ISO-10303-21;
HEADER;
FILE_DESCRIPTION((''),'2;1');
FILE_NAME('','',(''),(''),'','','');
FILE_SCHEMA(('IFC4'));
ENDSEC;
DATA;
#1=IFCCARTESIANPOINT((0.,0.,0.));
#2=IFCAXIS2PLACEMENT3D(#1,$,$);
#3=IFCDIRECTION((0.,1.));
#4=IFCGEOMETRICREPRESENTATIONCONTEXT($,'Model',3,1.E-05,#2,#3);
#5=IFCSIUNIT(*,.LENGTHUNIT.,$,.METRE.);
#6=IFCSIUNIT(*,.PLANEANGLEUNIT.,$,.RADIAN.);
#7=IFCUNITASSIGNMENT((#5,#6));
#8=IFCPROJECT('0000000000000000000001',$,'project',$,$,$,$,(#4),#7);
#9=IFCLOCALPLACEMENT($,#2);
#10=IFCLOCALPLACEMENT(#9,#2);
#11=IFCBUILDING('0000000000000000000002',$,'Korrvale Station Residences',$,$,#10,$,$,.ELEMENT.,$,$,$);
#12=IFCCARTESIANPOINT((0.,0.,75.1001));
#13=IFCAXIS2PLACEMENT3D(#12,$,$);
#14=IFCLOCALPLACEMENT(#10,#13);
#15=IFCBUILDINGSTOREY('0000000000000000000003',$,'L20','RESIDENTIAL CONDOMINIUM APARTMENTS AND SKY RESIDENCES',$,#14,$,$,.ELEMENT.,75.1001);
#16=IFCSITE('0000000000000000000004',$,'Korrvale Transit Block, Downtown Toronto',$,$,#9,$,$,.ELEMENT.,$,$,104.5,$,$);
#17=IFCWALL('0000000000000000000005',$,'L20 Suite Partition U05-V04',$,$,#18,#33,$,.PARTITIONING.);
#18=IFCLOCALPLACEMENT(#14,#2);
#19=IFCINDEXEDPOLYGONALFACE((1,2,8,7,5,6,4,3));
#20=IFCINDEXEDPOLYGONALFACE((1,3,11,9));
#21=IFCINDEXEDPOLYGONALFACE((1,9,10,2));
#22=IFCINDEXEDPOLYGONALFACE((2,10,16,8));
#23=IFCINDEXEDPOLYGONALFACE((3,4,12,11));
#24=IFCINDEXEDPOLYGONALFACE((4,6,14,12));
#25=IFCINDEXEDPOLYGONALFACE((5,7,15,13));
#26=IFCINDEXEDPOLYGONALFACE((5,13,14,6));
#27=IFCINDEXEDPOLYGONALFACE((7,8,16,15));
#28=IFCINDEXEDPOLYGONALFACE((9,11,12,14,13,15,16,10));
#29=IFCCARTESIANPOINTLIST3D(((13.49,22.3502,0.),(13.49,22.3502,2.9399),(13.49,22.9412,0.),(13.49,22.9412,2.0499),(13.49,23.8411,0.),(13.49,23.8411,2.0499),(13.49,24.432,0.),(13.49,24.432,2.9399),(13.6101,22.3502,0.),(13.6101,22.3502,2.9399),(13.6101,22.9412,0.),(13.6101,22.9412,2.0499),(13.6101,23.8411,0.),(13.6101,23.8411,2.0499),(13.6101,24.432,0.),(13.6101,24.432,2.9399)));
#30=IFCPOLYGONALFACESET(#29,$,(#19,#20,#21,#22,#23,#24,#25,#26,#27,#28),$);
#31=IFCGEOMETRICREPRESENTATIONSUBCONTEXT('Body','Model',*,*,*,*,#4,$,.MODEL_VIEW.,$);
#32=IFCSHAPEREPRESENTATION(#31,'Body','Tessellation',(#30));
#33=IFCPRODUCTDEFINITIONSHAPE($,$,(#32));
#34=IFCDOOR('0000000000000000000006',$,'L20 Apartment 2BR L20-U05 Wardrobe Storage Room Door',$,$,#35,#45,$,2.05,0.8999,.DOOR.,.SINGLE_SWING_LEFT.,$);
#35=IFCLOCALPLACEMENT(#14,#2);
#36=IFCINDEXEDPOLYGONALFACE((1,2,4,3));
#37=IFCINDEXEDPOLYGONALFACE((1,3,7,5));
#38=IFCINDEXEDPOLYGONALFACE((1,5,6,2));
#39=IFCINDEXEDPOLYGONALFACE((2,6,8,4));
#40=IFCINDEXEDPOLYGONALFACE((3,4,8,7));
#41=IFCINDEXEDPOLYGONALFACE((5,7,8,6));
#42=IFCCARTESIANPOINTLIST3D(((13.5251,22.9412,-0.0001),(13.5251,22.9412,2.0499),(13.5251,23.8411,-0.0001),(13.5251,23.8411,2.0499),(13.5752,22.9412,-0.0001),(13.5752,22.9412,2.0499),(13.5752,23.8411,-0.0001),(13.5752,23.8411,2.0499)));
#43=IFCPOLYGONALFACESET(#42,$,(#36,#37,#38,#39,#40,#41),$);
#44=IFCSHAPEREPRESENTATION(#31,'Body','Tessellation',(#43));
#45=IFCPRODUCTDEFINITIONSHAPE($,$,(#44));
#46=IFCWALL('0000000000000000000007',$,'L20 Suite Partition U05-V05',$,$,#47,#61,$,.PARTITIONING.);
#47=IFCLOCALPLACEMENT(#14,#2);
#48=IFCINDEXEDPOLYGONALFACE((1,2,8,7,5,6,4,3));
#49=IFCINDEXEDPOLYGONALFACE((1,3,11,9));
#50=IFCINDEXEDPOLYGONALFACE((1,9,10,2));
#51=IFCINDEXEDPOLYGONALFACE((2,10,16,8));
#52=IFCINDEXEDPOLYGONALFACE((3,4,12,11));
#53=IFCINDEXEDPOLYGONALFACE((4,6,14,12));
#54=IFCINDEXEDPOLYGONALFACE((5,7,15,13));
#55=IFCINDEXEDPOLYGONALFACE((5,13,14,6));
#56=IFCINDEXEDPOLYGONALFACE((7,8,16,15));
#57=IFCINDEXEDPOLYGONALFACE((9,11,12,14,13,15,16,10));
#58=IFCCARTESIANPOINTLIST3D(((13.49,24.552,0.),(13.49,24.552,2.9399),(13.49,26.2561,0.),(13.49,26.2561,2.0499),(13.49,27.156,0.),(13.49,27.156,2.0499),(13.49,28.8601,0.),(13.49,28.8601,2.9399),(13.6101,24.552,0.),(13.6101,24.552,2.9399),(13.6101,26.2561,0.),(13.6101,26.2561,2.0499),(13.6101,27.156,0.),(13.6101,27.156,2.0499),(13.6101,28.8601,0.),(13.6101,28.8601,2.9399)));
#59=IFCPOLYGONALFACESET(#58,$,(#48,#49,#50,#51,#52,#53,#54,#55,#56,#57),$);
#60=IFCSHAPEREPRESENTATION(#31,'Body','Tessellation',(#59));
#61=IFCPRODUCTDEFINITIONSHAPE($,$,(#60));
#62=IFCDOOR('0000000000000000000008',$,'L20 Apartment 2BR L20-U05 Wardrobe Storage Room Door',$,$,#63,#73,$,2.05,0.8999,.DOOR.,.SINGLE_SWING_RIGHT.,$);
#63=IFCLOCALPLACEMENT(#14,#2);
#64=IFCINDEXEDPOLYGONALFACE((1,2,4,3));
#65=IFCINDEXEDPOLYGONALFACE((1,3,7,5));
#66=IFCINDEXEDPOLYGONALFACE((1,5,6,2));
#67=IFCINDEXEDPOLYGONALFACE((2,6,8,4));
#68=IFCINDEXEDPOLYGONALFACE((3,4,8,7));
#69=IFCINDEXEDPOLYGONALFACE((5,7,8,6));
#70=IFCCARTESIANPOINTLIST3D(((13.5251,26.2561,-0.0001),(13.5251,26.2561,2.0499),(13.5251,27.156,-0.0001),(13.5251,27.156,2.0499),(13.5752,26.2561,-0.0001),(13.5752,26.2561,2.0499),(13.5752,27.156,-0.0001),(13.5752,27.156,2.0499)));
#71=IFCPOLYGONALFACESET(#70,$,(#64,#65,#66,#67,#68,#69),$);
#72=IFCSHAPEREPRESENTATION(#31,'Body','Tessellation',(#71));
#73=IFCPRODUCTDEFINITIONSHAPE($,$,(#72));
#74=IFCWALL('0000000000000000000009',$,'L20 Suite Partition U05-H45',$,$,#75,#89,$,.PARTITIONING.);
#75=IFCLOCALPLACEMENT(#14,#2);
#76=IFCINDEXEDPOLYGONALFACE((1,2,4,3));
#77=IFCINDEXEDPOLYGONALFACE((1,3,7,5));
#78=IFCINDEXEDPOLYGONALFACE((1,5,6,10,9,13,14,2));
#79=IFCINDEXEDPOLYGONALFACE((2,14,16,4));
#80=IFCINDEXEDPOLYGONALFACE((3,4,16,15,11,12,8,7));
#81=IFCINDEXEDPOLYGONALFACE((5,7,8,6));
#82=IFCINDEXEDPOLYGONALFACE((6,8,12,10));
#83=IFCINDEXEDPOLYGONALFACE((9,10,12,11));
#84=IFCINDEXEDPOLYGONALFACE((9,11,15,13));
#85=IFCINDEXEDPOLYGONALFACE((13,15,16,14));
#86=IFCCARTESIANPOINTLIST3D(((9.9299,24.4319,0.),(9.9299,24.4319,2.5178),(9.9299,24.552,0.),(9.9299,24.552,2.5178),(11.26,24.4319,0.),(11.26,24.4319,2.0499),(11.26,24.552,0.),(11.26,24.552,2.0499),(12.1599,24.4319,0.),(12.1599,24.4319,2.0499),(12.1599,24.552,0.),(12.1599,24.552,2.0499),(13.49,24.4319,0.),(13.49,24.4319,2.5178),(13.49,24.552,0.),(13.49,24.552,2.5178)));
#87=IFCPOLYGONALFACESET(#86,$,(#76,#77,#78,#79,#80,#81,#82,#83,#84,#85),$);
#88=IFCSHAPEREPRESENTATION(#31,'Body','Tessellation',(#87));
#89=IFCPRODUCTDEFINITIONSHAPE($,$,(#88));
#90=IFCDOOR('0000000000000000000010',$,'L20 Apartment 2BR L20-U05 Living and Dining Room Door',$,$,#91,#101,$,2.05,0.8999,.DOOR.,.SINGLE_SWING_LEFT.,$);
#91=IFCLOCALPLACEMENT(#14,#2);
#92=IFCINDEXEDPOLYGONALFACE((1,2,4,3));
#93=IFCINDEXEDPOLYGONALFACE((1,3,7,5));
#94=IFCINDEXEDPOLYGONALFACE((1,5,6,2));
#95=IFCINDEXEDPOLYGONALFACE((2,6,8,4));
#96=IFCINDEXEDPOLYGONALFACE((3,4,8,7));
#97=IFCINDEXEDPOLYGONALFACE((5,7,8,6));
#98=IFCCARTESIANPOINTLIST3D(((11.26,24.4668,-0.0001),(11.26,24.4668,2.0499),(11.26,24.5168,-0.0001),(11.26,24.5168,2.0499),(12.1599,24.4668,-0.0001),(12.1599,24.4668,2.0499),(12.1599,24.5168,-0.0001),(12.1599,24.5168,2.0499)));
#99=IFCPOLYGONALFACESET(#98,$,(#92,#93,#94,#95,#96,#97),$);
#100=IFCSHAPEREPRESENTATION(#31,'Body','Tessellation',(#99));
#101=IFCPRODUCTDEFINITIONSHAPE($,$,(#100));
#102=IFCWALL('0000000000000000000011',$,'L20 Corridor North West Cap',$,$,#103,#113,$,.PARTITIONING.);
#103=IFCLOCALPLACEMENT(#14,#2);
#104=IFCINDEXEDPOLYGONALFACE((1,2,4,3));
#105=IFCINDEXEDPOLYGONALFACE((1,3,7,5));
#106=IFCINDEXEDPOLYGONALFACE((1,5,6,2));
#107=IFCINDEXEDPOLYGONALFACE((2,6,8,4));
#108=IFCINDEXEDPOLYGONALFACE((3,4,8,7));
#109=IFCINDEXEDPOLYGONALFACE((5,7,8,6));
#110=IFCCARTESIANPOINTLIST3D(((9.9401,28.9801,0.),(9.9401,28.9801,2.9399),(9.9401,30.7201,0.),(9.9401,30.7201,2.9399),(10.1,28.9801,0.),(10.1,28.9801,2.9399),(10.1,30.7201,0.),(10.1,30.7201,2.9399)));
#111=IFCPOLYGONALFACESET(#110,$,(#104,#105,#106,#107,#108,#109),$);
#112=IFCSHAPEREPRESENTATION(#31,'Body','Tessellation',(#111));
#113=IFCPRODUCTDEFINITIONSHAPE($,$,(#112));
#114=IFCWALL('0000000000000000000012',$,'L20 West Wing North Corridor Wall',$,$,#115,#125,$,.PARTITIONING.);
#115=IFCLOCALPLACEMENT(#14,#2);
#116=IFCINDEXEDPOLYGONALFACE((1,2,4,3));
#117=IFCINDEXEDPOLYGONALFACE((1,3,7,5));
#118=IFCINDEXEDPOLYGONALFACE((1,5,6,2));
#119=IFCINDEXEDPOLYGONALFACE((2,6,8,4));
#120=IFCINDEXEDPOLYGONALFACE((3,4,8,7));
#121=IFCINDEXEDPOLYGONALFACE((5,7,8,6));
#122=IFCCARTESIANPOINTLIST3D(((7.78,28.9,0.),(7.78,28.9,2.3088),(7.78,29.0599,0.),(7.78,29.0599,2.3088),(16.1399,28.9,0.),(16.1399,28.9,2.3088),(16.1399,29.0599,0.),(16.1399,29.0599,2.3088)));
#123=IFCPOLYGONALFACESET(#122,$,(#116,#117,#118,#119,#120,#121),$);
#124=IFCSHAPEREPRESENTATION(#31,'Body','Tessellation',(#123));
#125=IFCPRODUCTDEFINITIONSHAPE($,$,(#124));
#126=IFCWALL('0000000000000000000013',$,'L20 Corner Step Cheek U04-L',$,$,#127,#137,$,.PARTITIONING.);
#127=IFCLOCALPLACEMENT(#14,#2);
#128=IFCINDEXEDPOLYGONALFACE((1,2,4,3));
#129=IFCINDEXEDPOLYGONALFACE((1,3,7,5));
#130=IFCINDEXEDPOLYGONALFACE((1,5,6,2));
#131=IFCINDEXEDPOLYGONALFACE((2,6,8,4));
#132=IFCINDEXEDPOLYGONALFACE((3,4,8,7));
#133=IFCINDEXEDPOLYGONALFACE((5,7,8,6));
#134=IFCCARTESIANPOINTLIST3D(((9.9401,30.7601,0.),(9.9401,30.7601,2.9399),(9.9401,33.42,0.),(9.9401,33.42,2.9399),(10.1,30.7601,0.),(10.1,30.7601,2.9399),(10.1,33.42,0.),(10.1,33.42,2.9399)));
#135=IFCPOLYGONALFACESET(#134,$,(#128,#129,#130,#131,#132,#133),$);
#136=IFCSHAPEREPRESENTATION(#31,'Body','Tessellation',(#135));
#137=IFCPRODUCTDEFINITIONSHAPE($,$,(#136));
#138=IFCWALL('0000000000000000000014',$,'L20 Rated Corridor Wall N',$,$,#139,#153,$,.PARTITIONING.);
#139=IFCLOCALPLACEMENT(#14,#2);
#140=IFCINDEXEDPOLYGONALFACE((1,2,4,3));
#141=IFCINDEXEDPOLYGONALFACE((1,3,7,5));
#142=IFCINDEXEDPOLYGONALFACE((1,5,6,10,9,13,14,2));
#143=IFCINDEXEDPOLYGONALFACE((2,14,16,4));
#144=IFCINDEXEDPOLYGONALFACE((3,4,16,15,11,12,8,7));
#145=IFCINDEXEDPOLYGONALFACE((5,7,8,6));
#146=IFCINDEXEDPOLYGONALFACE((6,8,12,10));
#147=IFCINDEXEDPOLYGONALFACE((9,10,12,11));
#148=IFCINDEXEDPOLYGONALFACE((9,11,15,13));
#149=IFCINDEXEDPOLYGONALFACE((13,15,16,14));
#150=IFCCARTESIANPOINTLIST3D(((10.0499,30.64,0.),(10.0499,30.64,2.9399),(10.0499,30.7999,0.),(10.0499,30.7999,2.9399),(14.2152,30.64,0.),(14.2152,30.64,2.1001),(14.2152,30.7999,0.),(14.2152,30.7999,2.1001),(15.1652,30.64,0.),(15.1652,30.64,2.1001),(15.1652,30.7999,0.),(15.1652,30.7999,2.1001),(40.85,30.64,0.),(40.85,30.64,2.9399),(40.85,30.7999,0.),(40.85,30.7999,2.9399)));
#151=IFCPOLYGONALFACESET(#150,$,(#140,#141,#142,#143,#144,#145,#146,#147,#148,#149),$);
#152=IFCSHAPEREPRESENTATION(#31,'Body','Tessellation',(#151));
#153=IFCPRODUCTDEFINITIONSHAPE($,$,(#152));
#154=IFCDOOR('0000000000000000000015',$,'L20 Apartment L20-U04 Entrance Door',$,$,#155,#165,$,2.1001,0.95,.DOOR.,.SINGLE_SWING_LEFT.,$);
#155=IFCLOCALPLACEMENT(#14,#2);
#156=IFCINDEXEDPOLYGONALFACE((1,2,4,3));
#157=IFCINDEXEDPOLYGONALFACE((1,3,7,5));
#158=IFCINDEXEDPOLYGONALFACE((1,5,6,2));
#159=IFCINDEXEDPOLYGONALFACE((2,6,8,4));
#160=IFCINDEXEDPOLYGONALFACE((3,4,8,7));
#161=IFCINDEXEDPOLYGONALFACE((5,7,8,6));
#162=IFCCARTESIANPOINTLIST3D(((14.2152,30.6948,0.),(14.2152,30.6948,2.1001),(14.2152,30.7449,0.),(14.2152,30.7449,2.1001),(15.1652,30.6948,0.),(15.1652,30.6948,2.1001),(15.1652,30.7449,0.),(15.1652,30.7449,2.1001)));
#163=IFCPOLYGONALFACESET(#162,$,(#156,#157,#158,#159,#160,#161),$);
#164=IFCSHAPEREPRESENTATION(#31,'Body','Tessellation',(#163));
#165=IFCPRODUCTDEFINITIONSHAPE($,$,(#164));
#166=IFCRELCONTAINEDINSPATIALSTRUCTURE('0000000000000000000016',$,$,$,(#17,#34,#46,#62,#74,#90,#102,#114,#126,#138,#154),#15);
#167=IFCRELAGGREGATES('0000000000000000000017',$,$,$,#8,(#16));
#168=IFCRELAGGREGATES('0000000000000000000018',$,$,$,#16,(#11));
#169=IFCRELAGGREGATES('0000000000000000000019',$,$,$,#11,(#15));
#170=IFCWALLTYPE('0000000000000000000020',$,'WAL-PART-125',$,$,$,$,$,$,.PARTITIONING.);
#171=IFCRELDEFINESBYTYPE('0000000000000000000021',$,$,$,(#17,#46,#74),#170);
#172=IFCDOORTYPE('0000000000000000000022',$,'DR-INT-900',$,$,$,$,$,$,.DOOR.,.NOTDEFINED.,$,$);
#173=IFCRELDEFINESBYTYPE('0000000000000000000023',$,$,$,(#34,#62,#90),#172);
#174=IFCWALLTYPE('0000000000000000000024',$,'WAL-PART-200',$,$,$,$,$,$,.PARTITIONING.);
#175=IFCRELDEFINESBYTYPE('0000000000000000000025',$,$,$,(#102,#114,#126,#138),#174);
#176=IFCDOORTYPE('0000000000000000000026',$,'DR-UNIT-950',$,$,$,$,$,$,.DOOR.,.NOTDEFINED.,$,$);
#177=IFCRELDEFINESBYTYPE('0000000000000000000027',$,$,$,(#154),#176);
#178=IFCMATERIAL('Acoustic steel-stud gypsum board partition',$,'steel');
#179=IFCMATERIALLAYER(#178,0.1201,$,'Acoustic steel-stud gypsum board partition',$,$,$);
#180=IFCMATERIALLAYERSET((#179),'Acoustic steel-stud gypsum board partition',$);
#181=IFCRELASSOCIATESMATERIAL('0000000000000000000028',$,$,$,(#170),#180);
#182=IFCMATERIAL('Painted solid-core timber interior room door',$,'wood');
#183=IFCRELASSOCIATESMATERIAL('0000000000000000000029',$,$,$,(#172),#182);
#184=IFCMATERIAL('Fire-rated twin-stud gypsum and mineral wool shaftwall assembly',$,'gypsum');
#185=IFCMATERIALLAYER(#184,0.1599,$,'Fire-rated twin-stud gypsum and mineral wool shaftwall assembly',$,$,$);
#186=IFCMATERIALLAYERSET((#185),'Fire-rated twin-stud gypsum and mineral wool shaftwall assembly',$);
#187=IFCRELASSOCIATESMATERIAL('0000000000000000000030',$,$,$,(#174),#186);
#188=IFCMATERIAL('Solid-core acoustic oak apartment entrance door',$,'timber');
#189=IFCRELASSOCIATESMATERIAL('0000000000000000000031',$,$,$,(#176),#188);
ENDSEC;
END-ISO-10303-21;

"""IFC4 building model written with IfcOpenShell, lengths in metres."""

from ifc_helpers import new_model, si_unit, direction, frame, frame_2d, origin, place, context, subcontext, project, spatial, rectangle, extrude, material, layer, layer_set, type_object, element, fill, save


model = new_model("IFC4")

# Units and contexts
model_context = context("Model", 3, precision=1e-05, world=origin(), true_north=direction((0.0, 1.0)))
body_context = subcontext(model_context, "Body", "Model", "MODEL_VIEW")
ifc_project = project(units=[si_unit("LENGTHUNIT", "METRE"), si_unit("PLANEANGLEUNIT", "RADIAN")], contexts=[model_context])

# Site, building, storey
site_placement = place(None, origin())
site = spatial("IfcSite", under=ifc_project, at=site_placement, Name="Korrvale Transit Block, Downtown Toronto", CompositionType="ELEMENT", RefElevation=104.5)
building_placement = place(site_placement, origin())
building = spatial("IfcBuilding", under=site, at=building_placement, Name="Korrvale Station Residences", CompositionType="ELEMENT")
storey_placement = place(building_placement, frame((0.0, 0.0, 75.1001)))
storey = spatial("IfcBuildingStorey", under=building, at=storey_placement, Name="L20", Description="RESIDENTIAL CONDOMINIUM APARTMENTS AND SKY RESIDENCES", CompositionType="ELEMENT", Elevation=75.1001)

# Walls, openings, doors
ifc_material_1 = material(Name="Acoustic steel-stud gypsum board partition", Category="steel")
ifc_layer_1 = layer(ifc_material_1, 0.1201, Name="Acoustic steel-stud gypsum board partition")
ifc_layer_set_1 = layer_set([ifc_layer_1], Name="Acoustic steel-stud gypsum board partition")
wall_type_1 = type_object("IfcWallType", Name="WAL-PART-125", PredefinedType="PARTITIONING", material=ifc_layer_set_1)
ifc_material_2 = material(Name="Painted solid-core timber interior room door", Category="wood")
door_type_1 = type_object("IfcDoorType", Name="DR-INT-900", OperationType="NOTDEFINED", PredefinedType="DOOR", material=ifc_material_2)
wall_1_placement = place(storey_placement, frame((13.55, 22.3501, 0.0), z_axis=(0.0, 0.0, 1.0), x_axis=(0.0, 1.0, 0.0)))
wall_1 = element("IfcWall", 1, at=wall_1_placement, inside=storey, type_object=wall_type_1, Name="L20 Suite Partition U05-V04", PredefinedType="PARTITIONING", context=body_context, shape_type="SweptSolid", body=[
    extrude(rectangle(XDim=2.0818, YDim=0.1201, at=frame_2d((1.041, 0.0))), origin(), (0.0, 0.0, 1.0), 2.9399),
])
opening_1_placement = place(wall_1_placement, frame((0.5911, 0.0, 0.0)))
opening_1 = element("IfcOpeningElement", 2, at=opening_1_placement, cuts=wall_1, PredefinedType="OPENING", context=body_context, shape_type="SweptSolid", body=[
    extrude(rectangle(XDim=0.8999, YDim=2.05, at=frame_2d((0.45, 1.0249))), frame((0.0, 0.0701, 0.0), z_axis=(0.0, -1.0, 0.0), x_axis=(1.0, 0.0, 0.0)), (0.0, 0.0, 1.0), 0.1401),
])
door_1_placement = place(opening_1_placement, origin())
door_1 = element("IfcDoor", 3, at=door_1_placement, inside=storey, type_object=door_type_1, Name="L20 Apartment 2BR L20-U05 Wardrobe Storage Room Door", OperationType="SINGLE_SWING_LEFT", OverallHeight=2.05, OverallWidth=0.8999, PredefinedType="DOOR", context=body_context, shape_type="SweptSolid", body=[
    extrude(rectangle(XDim=0.8999, YDim=2.05, at=frame_2d((0.45, 1.0249))), frame((0.0, 0.0249, 0.0), z_axis=(0.0, -1.0, 0.0), x_axis=(1.0, 0.0, 0.0)), (0.0, 0.0, 1.0), 0.05),
])
fill(opening_1, door_1)
wall_2_placement = place(storey_placement, frame((13.55, 24.552, 0.0), z_axis=(0.0, 0.0, 1.0), x_axis=(0.0, 1.0, 0.0)))
wall_2 = element("IfcWall", 4, at=wall_2_placement, inside=storey, type_object=wall_type_1, Name="L20 Suite Partition U05-V05", PredefinedType="PARTITIONING", context=body_context, shape_type="SweptSolid", body=[
    extrude(rectangle(XDim=4.3081, YDim=0.1201, at=frame_2d((2.1541, 0.0))), origin(), (0.0, 0.0, 1.0), 2.9399),
])
opening_2_placement = place(wall_2_placement, frame((1.7041, 0.0, 0.0)))
opening_2 = element("IfcOpeningElement", 5, at=opening_2_placement, cuts=wall_2, PredefinedType="OPENING", context=body_context, shape_type="SweptSolid", body=[
    extrude(rectangle(XDim=0.8999, YDim=2.05, at=frame_2d((0.45, 1.0249))), frame((0.0, 0.0701, 0.0), z_axis=(0.0, -1.0, 0.0), x_axis=(1.0, 0.0, 0.0)), (0.0, 0.0, 1.0), 0.1401),
])
door_2_placement = place(opening_2_placement, origin())
door_2 = element("IfcDoor", 6, at=door_2_placement, inside=storey, type_object=door_type_1, Name="L20 Apartment 2BR L20-U05 Wardrobe Storage Room Door", OperationType="SINGLE_SWING_RIGHT", OverallHeight=2.05, OverallWidth=0.8999, PredefinedType="DOOR", context=body_context, shape_type="SweptSolid", body=[
    extrude(rectangle(XDim=0.8999, YDim=2.05, at=frame_2d((0.45, 1.0249))), frame((0.0, 0.0249, 0.0), z_axis=(0.0, -1.0, 0.0), x_axis=(1.0, 0.0, 0.0)), (0.0, 0.0, 1.0), 0.05),
])
fill(opening_2, door_2)
wall_3_placement = place(storey_placement, frame((9.9299, 24.4919, 0.0), z_axis=(0.0, 0.0, 1.0), x_axis=(1.0, 0.0, 0.0)))
wall_3 = element("IfcWall", 7, at=wall_3_placement, inside=storey, type_object=wall_type_1, Name="L20 Suite Partition U05-H45", PredefinedType="PARTITIONING", context=body_context, shape_type="SweptSolid", body=[
    extrude(rectangle(XDim=3.5601, YDim=0.1201, at=frame_2d((1.78, 0.0))), origin(), (0.0, 0.0, 1.0), 2.5178),
])
opening_3_placement = place(wall_3_placement, frame((1.3301, 0.0, 0.0)))
opening_3 = element("IfcOpeningElement", 8, at=opening_3_placement, cuts=wall_3, PredefinedType="OPENING", context=body_context, shape_type="SweptSolid", body=[
    extrude(rectangle(XDim=0.8999, YDim=2.05, at=frame_2d((0.45, 1.0249))), frame((0.0, 0.0701, 0.0), z_axis=(0.0, -1.0, 0.0), x_axis=(1.0, 0.0, 0.0)), (0.0, 0.0, 1.0), 0.1401),
])
door_3_placement = place(opening_3_placement, origin())
door_3 = element("IfcDoor", 9, at=door_3_placement, inside=storey, type_object=door_type_1, Name="L20 Apartment 2BR L20-U05 Living and Dining Room Door", OperationType="SINGLE_SWING_LEFT", OverallHeight=2.05, OverallWidth=0.8999, PredefinedType="DOOR", context=body_context, shape_type="SweptSolid", body=[
    extrude(rectangle(XDim=0.8999, YDim=2.05, at=frame_2d((0.45, 1.0249))), frame((0.0, 0.0249, 0.0), z_axis=(0.0, -1.0, 0.0), x_axis=(1.0, 0.0, 0.0)), (0.0, 0.0, 1.0), 0.05),
])
fill(opening_3, door_3)

# Walls
ifc_material_3 = material(Name="Fire-rated twin-stud gypsum and mineral wool shaftwall assembly", Category="gypsum")
ifc_layer_2 = layer(ifc_material_3, 0.1599, Name="Fire-rated twin-stud gypsum and mineral wool shaftwall assembly")
ifc_layer_set_2 = layer_set([ifc_layer_2], Name="Fire-rated twin-stud gypsum and mineral wool shaftwall assembly")
wall_type_2 = type_object("IfcWallType", Name="WAL-PART-200", PredefinedType="PARTITIONING", material=ifc_layer_set_2)
wall_4_placement = place(storey_placement, frame((10.02, 28.98, 0.0), z_axis=(0.0, 0.0, 1.0), x_axis=(0.0, 1.0, 0.0)))
element("IfcWall", 10, at=wall_4_placement, inside=storey, type_object=wall_type_2, Name="L20 Corridor North West Cap", PredefinedType="PARTITIONING", context=body_context, shape_type="SweptSolid", body=[
    extrude(rectangle(XDim=1.74, YDim=0.1599, at=frame_2d((0.8701, 0.0))), origin(), (0.0, 0.0, 1.0), 2.9399),
])
wall_5_placement = place(storey_placement, frame((7.78, 28.98, 0.0), z_axis=(0.0, 0.0, 1.0), x_axis=(1.0, 0.0, 0.0)))
element("IfcWall", 11, at=wall_5_placement, inside=storey, type_object=wall_type_2, Name="L20 West Wing North Corridor Wall", PredefinedType="PARTITIONING", context=body_context, shape_type="SweptSolid", body=[
    extrude(rectangle(XDim=8.3599, YDim=0.1599, at=frame_2d((4.1799, 0.0))), origin(), (0.0, 0.0, 1.0), 2.3088),
])
wall_6_placement = place(storey_placement, frame((10.02, 30.76, 0.0), z_axis=(0.0, 0.0, 1.0), x_axis=(0.0, 1.0, 0.0)))
element("IfcWall", 12, at=wall_6_placement, inside=storey, type_object=wall_type_2, Name="L20 Corner Step Cheek U04-L", PredefinedType="PARTITIONING", context=body_context, shape_type="SweptSolid", body=[
    extrude(rectangle(XDim=2.6599, YDim=0.1599, at=frame_2d((1.3301, 0.0))), origin(), (0.0, 0.0, 1.0), 2.9399),
])

# Wall, opening, door
wall_7_placement = place(storey_placement, frame((10.05, 30.72, 0.0), z_axis=(0.0, 0.0, 1.0), x_axis=(1.0, 0.0, 0.0)))
wall_7 = element("IfcWall", 13, at=wall_7_placement, inside=storey, type_object=wall_type_2, Name="L20 Rated Corridor Wall N", PredefinedType="PARTITIONING", context=body_context, shape_type="SweptSolid", body=[
    extrude(rectangle(XDim=30.8, YDim=0.1599, at=frame_2d((15.3999, 0.0))), origin(), (0.0, 0.0, 1.0), 2.9399),
])
opening_4_placement = place(wall_7_placement, frame((4.165, 0.0, 0.0)))
opening_4 = element("IfcOpeningElement", 14, at=opening_4_placement, cuts=wall_7, PredefinedType="OPENING", context=body_context, shape_type="SweptSolid", body=[
    extrude(rectangle(XDim=0.95, YDim=2.1001, at=frame_2d((0.4751, 1.05))), frame((0.0, 0.0898, 0.0), z_axis=(0.0, -1.0, 0.0), x_axis=(1.0, 0.0, 0.0)), (0.0, 0.0, 1.0), 0.1799),
])
ifc_material_4 = material(Name="Solid-core acoustic oak apartment entrance door", Category="timber")
door_type_2 = type_object("IfcDoorType", Name="DR-UNIT-950", OperationType="NOTDEFINED", PredefinedType="DOOR", material=ifc_material_4)
door_4_placement = place(opening_4_placement, origin())
door_4 = element("IfcDoor", 15, at=door_4_placement, inside=storey, type_object=door_type_2, Name="L20 Apartment L20-U04 Entrance Door", OperationType="SINGLE_SWING_LEFT", OverallHeight=2.1001, OverallWidth=0.95, PredefinedType="DOOR", context=body_context, shape_type="SweptSolid", body=[
    extrude(rectangle(XDim=0.95, YDim=2.1001, at=frame_2d((0.4751, 1.05))), frame((0.0, 0.0249, 0.0), z_axis=(0.0, -1.0, 0.0), x_axis=(1.0, 0.0, 0.0)), (0.0, 0.0, 1.0), 0.05),
])
fill(opening_4, door_4)

save(model, "model.ifc")
